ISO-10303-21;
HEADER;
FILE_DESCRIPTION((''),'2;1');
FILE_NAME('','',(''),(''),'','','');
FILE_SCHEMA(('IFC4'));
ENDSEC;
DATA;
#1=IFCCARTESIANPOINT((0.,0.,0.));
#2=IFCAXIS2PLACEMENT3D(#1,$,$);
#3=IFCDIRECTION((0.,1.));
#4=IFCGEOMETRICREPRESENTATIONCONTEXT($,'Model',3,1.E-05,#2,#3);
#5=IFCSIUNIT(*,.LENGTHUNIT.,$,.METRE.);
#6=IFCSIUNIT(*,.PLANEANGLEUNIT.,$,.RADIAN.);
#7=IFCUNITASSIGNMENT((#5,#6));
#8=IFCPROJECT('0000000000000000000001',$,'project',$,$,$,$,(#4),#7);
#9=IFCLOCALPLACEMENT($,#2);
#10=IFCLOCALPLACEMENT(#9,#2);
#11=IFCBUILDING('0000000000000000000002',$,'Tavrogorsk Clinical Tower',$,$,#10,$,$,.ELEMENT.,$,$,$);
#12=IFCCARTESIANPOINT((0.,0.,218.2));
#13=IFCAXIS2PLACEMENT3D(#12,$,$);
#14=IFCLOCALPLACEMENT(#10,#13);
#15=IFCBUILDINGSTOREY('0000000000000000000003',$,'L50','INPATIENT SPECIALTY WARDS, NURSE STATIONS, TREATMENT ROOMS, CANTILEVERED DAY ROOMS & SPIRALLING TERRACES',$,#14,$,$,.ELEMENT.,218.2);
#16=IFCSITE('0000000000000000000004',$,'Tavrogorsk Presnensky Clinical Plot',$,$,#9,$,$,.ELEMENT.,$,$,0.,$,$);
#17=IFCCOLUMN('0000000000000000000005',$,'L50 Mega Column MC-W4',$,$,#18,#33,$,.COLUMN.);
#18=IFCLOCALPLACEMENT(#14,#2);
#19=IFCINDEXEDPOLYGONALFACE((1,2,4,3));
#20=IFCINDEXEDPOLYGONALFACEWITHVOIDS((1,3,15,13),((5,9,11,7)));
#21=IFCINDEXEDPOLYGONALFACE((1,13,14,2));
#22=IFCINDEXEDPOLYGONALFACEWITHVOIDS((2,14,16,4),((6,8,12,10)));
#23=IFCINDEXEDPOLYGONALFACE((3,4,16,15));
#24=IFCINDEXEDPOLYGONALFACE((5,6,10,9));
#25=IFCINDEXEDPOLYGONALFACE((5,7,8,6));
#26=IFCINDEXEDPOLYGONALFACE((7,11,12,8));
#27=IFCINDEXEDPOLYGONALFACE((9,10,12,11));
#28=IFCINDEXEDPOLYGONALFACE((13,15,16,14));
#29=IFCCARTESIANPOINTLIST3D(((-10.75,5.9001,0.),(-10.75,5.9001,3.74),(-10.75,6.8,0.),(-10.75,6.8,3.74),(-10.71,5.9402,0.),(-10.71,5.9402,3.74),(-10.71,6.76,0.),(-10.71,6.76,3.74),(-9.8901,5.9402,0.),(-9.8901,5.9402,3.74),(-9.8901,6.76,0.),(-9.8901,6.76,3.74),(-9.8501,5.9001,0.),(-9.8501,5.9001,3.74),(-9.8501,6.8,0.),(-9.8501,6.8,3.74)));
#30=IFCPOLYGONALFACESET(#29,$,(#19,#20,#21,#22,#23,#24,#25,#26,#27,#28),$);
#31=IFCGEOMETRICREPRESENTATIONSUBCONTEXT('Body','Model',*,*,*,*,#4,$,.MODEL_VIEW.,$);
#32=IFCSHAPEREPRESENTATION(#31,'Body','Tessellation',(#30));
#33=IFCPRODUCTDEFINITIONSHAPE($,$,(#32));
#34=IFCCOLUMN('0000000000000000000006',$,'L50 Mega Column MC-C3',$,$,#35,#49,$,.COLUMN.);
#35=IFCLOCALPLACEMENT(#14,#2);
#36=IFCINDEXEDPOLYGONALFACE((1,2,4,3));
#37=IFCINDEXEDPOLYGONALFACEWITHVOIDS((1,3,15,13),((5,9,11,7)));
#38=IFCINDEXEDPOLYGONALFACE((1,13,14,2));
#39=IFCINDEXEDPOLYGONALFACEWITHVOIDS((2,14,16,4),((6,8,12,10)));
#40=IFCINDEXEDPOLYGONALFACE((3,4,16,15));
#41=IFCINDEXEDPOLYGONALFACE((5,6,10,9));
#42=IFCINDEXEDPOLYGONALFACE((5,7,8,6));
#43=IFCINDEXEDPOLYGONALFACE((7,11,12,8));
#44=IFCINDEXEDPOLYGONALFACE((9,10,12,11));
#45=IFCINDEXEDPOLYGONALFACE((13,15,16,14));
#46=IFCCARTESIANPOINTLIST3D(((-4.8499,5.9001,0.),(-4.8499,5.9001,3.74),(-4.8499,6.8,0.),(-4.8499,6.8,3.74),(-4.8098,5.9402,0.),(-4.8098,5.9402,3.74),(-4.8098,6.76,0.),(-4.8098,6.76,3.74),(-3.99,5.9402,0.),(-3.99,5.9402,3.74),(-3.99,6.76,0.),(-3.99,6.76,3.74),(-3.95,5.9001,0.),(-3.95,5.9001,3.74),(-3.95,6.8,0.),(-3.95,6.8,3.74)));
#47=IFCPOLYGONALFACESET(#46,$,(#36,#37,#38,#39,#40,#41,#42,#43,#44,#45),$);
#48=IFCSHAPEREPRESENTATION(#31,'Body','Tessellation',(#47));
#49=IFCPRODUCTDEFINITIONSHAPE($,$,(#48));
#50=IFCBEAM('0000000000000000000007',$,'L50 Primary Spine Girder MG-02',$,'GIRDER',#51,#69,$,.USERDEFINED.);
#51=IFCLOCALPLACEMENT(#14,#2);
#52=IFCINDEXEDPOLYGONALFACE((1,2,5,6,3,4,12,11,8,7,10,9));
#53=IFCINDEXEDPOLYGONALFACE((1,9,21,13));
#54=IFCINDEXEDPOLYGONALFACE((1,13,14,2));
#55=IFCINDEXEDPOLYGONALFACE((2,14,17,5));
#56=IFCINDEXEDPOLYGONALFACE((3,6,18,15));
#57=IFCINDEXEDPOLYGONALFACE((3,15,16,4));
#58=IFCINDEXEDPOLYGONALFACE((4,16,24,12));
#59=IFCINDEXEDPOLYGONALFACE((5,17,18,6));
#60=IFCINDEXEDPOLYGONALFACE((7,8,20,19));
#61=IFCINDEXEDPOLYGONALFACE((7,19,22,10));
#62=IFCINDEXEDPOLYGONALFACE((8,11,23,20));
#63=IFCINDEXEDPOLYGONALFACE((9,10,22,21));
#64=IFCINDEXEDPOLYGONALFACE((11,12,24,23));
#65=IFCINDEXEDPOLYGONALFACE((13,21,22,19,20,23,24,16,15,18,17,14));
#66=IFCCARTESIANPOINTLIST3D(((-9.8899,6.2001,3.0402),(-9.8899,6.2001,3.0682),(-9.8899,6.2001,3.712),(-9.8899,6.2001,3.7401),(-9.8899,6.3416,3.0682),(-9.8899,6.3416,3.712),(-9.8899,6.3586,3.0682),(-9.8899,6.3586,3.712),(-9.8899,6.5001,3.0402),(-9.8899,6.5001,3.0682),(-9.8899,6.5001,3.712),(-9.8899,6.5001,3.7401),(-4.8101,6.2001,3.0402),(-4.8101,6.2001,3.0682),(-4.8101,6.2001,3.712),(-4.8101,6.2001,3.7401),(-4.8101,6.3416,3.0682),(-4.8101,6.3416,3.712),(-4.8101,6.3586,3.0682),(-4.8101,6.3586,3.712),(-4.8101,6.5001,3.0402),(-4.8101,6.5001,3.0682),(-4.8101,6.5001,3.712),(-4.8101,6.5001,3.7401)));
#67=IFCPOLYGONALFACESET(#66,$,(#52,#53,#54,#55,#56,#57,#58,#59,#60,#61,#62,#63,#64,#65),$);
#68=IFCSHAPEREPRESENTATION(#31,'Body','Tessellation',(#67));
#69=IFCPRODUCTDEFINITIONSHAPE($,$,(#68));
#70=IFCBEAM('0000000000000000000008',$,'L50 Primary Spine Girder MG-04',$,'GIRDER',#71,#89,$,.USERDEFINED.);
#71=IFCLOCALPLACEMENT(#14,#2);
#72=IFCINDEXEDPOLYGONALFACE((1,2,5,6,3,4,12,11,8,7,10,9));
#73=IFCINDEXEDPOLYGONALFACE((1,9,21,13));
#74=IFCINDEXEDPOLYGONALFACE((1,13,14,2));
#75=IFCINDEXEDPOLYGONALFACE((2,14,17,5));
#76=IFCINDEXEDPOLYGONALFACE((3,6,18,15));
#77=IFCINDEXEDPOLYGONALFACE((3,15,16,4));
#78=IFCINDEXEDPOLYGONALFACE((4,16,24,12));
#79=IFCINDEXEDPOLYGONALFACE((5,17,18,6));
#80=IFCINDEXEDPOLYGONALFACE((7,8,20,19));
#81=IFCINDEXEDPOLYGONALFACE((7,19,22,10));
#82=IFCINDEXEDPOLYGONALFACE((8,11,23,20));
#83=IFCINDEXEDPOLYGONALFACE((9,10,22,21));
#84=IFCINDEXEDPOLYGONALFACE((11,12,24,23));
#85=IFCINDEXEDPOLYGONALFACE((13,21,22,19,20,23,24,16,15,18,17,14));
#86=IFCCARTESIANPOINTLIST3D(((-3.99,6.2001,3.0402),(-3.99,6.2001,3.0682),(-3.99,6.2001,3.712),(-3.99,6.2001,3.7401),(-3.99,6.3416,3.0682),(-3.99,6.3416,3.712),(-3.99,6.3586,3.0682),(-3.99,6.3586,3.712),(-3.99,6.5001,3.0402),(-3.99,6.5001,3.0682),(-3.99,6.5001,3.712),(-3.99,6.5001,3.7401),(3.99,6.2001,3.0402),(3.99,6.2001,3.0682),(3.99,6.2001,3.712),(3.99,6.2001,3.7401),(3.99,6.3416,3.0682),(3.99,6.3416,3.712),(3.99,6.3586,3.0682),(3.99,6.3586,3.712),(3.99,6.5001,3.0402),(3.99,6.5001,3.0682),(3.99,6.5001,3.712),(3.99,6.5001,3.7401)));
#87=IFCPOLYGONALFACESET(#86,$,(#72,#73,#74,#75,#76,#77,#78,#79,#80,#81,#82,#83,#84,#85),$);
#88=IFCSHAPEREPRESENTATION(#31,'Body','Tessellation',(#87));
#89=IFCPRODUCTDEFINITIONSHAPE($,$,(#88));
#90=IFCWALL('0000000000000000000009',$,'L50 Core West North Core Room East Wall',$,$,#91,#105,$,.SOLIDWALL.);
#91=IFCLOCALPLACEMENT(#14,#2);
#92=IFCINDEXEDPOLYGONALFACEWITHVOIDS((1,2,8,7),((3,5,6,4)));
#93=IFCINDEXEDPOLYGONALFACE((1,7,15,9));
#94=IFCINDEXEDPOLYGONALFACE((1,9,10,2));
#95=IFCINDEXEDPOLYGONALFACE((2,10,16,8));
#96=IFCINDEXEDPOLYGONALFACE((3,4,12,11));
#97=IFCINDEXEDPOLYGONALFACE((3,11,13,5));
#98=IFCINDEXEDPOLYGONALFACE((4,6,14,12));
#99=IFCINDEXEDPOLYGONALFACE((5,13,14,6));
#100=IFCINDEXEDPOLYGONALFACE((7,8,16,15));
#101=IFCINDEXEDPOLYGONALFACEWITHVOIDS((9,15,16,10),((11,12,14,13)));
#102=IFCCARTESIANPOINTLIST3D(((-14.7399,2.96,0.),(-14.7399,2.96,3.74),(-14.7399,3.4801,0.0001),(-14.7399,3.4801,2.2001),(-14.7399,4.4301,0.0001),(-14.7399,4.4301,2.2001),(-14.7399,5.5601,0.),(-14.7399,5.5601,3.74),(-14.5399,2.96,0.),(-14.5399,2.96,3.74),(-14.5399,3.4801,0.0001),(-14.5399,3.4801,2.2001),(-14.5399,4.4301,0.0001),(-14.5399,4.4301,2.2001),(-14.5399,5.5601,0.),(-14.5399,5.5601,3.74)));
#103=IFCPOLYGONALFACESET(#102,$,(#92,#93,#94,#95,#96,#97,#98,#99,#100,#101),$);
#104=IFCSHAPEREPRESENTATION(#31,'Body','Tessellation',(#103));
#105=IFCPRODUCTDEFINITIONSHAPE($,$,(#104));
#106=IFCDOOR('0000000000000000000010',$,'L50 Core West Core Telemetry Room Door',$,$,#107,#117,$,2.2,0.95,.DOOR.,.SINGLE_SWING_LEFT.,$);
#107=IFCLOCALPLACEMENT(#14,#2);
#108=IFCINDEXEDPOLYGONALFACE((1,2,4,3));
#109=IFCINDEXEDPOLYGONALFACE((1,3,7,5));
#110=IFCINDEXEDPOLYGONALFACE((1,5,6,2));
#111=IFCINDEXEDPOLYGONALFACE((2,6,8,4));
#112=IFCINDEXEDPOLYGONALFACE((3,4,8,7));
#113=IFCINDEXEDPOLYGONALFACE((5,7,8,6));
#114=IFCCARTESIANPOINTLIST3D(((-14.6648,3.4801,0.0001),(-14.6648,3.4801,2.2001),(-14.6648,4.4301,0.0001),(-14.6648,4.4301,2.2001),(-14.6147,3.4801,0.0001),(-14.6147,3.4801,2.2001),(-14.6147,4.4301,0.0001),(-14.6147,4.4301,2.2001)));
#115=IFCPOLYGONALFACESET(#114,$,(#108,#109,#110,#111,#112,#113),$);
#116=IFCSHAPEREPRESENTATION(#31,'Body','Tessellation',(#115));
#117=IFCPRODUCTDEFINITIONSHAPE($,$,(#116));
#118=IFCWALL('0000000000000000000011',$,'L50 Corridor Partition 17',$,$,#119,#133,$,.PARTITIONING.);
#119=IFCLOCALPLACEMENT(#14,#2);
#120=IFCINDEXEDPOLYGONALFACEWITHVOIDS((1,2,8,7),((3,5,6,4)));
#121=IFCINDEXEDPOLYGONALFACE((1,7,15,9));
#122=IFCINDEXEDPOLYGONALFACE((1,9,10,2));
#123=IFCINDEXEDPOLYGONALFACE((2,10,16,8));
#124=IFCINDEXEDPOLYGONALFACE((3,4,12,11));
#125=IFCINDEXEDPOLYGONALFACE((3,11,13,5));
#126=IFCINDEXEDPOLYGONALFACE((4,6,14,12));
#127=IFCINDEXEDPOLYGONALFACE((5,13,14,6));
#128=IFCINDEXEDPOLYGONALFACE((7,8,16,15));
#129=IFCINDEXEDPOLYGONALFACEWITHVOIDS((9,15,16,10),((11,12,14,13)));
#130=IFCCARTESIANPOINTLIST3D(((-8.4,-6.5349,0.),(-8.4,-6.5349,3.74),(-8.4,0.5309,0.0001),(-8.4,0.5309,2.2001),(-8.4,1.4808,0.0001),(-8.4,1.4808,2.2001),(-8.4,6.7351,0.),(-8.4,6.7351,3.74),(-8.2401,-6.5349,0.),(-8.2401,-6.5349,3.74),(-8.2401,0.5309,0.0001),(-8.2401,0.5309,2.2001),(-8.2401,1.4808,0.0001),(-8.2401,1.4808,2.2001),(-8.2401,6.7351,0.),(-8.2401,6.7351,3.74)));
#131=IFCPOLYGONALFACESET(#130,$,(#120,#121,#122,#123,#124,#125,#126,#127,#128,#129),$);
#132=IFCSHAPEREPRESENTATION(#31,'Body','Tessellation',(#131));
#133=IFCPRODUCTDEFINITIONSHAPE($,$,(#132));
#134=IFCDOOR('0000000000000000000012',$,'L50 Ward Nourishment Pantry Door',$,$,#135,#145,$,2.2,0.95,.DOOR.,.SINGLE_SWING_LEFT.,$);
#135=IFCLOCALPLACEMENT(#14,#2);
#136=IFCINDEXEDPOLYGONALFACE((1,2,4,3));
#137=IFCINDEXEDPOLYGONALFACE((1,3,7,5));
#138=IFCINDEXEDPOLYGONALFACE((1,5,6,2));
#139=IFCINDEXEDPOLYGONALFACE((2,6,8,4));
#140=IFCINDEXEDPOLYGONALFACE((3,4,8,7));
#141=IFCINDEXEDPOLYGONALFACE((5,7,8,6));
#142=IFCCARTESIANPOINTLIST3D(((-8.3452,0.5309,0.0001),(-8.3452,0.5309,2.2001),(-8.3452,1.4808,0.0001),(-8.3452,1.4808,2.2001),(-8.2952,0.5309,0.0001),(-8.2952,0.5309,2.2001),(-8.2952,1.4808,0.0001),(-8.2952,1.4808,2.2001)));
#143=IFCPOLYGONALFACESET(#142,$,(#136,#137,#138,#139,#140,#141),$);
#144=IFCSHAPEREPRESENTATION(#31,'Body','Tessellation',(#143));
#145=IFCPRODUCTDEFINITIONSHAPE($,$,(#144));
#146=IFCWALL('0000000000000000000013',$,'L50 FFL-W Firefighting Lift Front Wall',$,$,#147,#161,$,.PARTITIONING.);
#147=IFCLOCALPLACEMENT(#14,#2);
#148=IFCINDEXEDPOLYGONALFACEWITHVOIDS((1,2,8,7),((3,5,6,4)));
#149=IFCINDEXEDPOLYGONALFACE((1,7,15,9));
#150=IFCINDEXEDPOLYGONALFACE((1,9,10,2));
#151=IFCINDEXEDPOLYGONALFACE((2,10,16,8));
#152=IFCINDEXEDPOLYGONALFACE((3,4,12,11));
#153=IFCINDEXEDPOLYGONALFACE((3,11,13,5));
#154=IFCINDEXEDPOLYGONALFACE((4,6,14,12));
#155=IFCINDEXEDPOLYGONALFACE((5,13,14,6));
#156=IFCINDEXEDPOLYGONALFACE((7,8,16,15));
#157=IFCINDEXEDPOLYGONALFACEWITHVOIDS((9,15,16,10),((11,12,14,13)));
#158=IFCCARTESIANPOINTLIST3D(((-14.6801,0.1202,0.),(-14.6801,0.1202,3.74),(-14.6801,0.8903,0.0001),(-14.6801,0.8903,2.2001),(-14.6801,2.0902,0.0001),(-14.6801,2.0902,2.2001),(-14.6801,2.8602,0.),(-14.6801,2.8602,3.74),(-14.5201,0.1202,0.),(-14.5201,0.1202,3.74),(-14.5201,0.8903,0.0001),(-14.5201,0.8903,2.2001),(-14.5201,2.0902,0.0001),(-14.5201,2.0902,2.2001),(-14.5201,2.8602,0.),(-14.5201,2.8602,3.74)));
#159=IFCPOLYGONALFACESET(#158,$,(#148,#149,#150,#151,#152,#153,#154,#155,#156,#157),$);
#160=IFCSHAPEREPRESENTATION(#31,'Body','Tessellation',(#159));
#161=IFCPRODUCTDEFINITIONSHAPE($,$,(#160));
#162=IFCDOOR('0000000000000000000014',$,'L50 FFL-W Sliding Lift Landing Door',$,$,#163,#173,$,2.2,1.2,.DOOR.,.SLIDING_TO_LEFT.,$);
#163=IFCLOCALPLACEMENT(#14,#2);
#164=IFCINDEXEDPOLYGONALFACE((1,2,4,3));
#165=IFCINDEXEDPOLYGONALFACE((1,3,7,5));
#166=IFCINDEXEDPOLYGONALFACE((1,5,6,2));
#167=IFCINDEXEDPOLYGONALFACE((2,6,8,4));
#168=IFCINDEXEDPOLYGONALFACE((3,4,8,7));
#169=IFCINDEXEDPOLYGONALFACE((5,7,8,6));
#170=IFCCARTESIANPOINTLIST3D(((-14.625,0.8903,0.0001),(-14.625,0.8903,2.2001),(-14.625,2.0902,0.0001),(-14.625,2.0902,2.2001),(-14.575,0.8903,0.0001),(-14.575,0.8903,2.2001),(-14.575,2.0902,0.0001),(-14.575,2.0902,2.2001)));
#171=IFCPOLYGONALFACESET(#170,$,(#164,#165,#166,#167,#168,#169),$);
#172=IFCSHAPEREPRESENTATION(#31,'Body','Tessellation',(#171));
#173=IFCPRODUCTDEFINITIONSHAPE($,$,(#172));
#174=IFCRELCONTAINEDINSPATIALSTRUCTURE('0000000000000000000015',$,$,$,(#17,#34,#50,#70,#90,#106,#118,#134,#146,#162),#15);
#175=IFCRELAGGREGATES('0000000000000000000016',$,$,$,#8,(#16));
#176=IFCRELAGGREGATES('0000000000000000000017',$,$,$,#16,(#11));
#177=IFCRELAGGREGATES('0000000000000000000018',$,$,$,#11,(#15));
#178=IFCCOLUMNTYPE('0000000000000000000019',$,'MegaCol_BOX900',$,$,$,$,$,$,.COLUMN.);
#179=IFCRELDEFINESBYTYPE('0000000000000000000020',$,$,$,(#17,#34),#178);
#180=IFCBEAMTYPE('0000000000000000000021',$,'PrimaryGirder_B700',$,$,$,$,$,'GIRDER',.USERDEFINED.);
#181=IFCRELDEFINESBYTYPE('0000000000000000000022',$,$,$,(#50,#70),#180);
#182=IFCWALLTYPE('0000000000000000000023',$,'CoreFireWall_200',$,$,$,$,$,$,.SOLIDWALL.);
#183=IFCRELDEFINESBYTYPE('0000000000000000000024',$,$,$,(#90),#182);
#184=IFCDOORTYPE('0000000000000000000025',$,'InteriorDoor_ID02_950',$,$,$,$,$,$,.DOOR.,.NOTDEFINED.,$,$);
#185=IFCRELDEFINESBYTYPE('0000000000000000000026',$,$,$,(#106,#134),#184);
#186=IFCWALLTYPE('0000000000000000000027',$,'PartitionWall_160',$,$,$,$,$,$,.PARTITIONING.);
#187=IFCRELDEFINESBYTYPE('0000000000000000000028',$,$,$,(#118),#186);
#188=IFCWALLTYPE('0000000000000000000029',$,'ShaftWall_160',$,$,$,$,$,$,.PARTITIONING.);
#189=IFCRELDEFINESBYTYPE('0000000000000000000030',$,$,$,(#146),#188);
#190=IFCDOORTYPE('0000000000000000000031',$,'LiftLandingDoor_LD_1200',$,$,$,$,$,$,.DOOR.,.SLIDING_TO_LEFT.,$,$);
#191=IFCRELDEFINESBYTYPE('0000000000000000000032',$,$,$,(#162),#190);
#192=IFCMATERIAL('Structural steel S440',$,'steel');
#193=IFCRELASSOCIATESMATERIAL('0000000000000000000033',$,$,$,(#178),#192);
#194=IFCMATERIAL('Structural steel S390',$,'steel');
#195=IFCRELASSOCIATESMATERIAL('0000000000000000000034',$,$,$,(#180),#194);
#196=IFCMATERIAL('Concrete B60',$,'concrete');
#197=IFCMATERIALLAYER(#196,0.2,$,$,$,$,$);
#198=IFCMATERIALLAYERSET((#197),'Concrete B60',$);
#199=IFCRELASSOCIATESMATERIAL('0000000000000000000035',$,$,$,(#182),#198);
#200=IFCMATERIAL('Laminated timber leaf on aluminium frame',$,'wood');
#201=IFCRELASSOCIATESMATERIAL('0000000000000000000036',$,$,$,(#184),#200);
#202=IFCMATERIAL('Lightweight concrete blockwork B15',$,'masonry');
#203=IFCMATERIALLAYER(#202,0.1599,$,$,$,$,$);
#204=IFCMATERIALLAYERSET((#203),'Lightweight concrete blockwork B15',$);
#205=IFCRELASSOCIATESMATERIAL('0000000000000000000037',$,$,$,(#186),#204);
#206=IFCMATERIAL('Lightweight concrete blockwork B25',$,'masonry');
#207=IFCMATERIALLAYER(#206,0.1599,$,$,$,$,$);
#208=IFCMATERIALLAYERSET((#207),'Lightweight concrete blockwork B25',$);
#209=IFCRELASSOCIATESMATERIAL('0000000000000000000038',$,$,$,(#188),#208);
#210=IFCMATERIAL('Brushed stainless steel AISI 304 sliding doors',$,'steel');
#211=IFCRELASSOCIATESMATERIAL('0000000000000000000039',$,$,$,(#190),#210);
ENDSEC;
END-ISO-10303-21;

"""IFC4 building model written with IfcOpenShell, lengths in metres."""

from ifc_helpers import new_model, si_unit, direction, frame, frame_2d, origin, origin_2d, place, context, subcontext, project, spatial, rectangle, hollow_rectangle, i_section, extrude, material, layer, layer_set, material_profile, profile_set, type_object, element, fill, save


model = new_model("IFC4")

# Units and contexts
model_context = context("Model", 3, precision=1e-05, world=origin(), true_north=direction((0.0, 1.0)))
body_context = subcontext(model_context, "Body", "Model", "MODEL_VIEW")
ifc_project = project(units=[si_unit("LENGTHUNIT", "METRE"), si_unit("PLANEANGLEUNIT", "RADIAN")], contexts=[model_context])

# Site, building, storey
site_placement = place(None, origin())
site = spatial("IfcSite", under=ifc_project, at=site_placement, Name="Tavrogorsk Presnensky Clinical Plot", CompositionType="ELEMENT", RefElevation=0.0)
building_placement = place(site_placement, origin())
building = spatial("IfcBuilding", under=site, at=building_placement, Name="Tavrogorsk Clinical Tower", CompositionType="ELEMENT")
storey_placement = place(building_placement, frame((0.0, 0.0, 218.2)))
storey = spatial("IfcBuildingStorey", under=building, at=storey_placement, Name="L50", Description="INPATIENT SPECIALTY WARDS, NURSE STATIONS, TREATMENT ROOMS, CANTILEVERED DAY ROOMS & SPIRALLING TERRACES", CompositionType="ELEMENT", Elevation=218.2)

# Columns
ifc_material_1 = material(Name="Structural steel S440", Category="steel")
ifc_material_profile_1 = material_profile(ifc_material_1, hollow_rectangle(XDim=0.8999, YDim=0.8999, WallThickness=0.04, at=origin_2d()), Name="BOX-900x900x40")
ifc_profile_set_1 = profile_set([ifc_material_profile_1], Name="Structural steel S440")
column_type = type_object("IfcColumnType", Name="MegaCol_BOX900", PredefinedType="COLUMN", material=ifc_profile_set_1)
for number, where, z_axis, x_axis, name in (
    (1, (-10.3, 6.3501, 0.0), (0.0, 0.0, 1.0), (1.0, 0.0, 0.0), "L50 Mega Column MC-W4"),
    (2, (-4.3999, 6.3501, 0.0), (0.0, 0.0, 1.0), (1.0, 0.0, 0.0), "L50 Mega Column MC-C3"),
):
    element("IfcColumn", number, at=place(storey_placement, frame(where, z_axis=z_axis, x_axis=x_axis)), inside=storey, type_object=column_type, Name=name, PredefinedType="COLUMN", context=body_context, shape_type="SweptSolid", body=[
        extrude(hollow_rectangle(XDim=0.8999, YDim=0.8999, WallThickness=0.04, at=origin_2d()), origin(), (0.0, 0.0, 1.0), 3.74),
    ])

# Beams
ifc_material_2 = material(Name="Structural steel S390", Category="steel")
ifc_material_profile_2 = material_profile(ifc_material_2, i_section(OverallWidth=0.3, OverallDepth=0.7, WebThickness=0.0171, FlangeThickness=0.0281, at=origin_2d()), Name="B-700x300x17x28")
ifc_profile_set_2 = profile_set([ifc_material_profile_2], Name="Structural steel S390")
beam_type = type_object("IfcBeamType", Name="PrimaryGirder_B700", ElementType="GIRDER", PredefinedType="USERDEFINED", material=ifc_profile_set_2)
beam_1_placement = place(storey_placement, frame((-9.8899, 6.3501, 3.3901), z_axis=(1.0, 0.0, 0.0), x_axis=(0.0, 1.0, 0.0)))
element("IfcBeam", 3, at=beam_1_placement, inside=storey, type_object=beam_type, Name="L50 Primary Spine Girder MG-02", ObjectType="GIRDER", PredefinedType="USERDEFINED", context=body_context, shape_type="SweptSolid", body=[
    extrude(i_section(OverallWidth=0.3, OverallDepth=0.7, WebThickness=0.0171, FlangeThickness=0.0281, at=origin_2d()), origin(), (0.0, 0.0, 1.0), 5.0798),
])
beam_2_placement = place(storey_placement, frame((-3.99, 6.3501, 3.3901), z_axis=(1.0, 0.0, 0.0), x_axis=(0.0, 1.0, 0.0)))
element("IfcBeam", 4, at=beam_2_placement, inside=storey, type_object=beam_type, Name="L50 Primary Spine Girder MG-04", ObjectType="GIRDER", PredefinedType="USERDEFINED", context=body_context, shape_type="SweptSolid", body=[
    extrude(i_section(OverallWidth=0.3, OverallDepth=0.7, WebThickness=0.0171, FlangeThickness=0.0281, at=origin_2d()), origin(), (0.0, 0.0, 1.0), 7.98),
])

# Walls, openings, doors
ifc_material_3 = material(Name="Concrete B60", Category="concrete")
ifc_layer_1 = layer(ifc_material_3, 0.2)
ifc_layer_set_1 = layer_set([ifc_layer_1], Name="Concrete B60")
wall_type_1 = type_object("IfcWallType", Name="CoreFireWall_200", PredefinedType="SOLIDWALL", material=ifc_layer_set_1)
wall_1_placement = place(storey_placement, frame((-14.6399, 2.96, 0.0), z_axis=(0.0, 0.0, 1.0), x_axis=(0.0, 1.0, 0.0)))
wall_1 = element("IfcWall", 5, at=wall_1_placement, inside=storey, type_object=wall_type_1, Name="L50 Core West North Core Room East Wall", PredefinedType="SOLIDWALL", context=body_context, shape_type="SweptSolid", body=[
    extrude(rectangle(XDim=2.6001, YDim=0.2, at=frame_2d((1.3, 0.0))), origin(), (0.0, 0.0, 1.0), 3.74),
])
opening_1_placement = place(wall_1_placement, frame((0.52, 0.0, 0.0)))
opening_1 = element("IfcOpeningElement", 6, at=opening_1_placement, cuts=wall_1, PredefinedType="OPENING", context=body_context, shape_type="SweptSolid", body=[
    extrude(rectangle(XDim=0.95, YDim=2.2, at=frame_2d((0.4751, 1.1001))), frame((0.0, 0.1099, 0.0), z_axis=(0.0, -1.0, 0.0), x_axis=(1.0, 0.0, 0.0)), (0.0, 0.0, 1.0), 0.22),
])
ifc_material_4 = material(Name="Laminated timber leaf on aluminium frame", Category="wood")
door_type_1 = type_object("IfcDoorType", Name="InteriorDoor_ID02_950", OperationType="NOTDEFINED", PredefinedType="DOOR", material=ifc_material_4)
door_1_placement = place(opening_1_placement, origin())
door_1 = element("IfcDoor", 7, at=door_1_placement, inside=storey, type_object=door_type_1, Name="L50 Core West Core Telemetry Room Door", OperationType="SINGLE_SWING_LEFT", OverallHeight=2.2, OverallWidth=0.95, PredefinedType="DOOR", context=body_context, shape_type="SweptSolid", body=[
    extrude(rectangle(XDim=0.95, YDim=2.2, at=frame_2d((0.4751, 1.1001))), frame((0.0, 0.0249, 0.0), z_axis=(0.0, -1.0, 0.0), x_axis=(1.0, 0.0, 0.0)), (0.0, 0.0, 1.0), 0.05),
])
fill(opening_1, door_1)
ifc_material_5 = material(Name="Lightweight concrete blockwork B15", Category="masonry")
ifc_layer_2 = layer(ifc_material_5, 0.1599)
ifc_layer_set_2 = layer_set([ifc_layer_2], Name="Lightweight concrete blockwork B15")
wall_type_2 = type_object("IfcWallType", Name="PartitionWall_160", PredefinedType="PARTITIONING", material=ifc_layer_set_2)
wall_2_placement = place(storey_placement, frame((-8.3201, 6.7351, 0.0), z_axis=(0.0, 0.0, 1.0), x_axis=(0.0, -1.0, 0.0)))
wall_2 = element("IfcWall", 8, at=wall_2_placement, inside=storey, type_object=wall_type_2, Name="L50 Corridor Partition 17", PredefinedType="PARTITIONING", context=body_context, shape_type="SweptSolid", body=[
    extrude(rectangle(XDim=13.27, YDim=0.1599, at=frame_2d((6.635, 0.0))), origin(), (0.0, 0.0, 1.0), 3.74),
])
opening_2_placement = place(wall_2_placement, frame((5.2542, 0.0, 0.0)))
opening_2 = element("IfcOpeningElement", 9, at=opening_2_placement, cuts=wall_2, PredefinedType="OPENING", context=body_context, shape_type="SweptSolid", body=[
    extrude(rectangle(XDim=0.95, YDim=2.2, at=frame_2d((0.4751, 1.1001))), frame((0.0, 0.0898, 0.0), z_axis=(0.0, -1.0, 0.0), x_axis=(1.0, 0.0, 0.0)), (0.0, 0.0, 1.0), 0.1799),
])
door_2_placement = place(opening_2_placement, origin())
door_2 = element("IfcDoor", 10, at=door_2_placement, inside=storey, type_object=door_type_1, Name="L50 Ward Nourishment Pantry Door", OperationType="SINGLE_SWING_LEFT", OverallHeight=2.2, OverallWidth=0.95, PredefinedType="DOOR", context=body_context, shape_type="SweptSolid", body=[
    extrude(rectangle(XDim=0.95, YDim=2.2, at=frame_2d((0.4751, 1.1001))), frame((0.0, 0.0249, 0.0), z_axis=(0.0, -1.0, 0.0), x_axis=(1.0, 0.0, 0.0)), (0.0, 0.0, 1.0), 0.05),
])
fill(opening_2, door_2)
ifc_material_6 = material(Name="Lightweight concrete blockwork B25", Category="masonry")
ifc_layer_3 = layer(ifc_material_6, 0.1599)
ifc_layer_set_3 = layer_set([ifc_layer_3], Name="Lightweight concrete blockwork B25")
wall_type_3 = type_object("IfcWallType", Name="ShaftWall_160", PredefinedType="PARTITIONING", material=ifc_layer_set_3)
wall_3_placement = place(storey_placement, frame((-14.6001, 0.1201, 0.0), z_axis=(0.0, 0.0, 1.0), x_axis=(0.0, 1.0, 0.0)))
wall_3 = element("IfcWall", 11, at=wall_3_placement, inside=storey, type_object=wall_type_3, Name="L50 FFL-W Firefighting Lift Front Wall", PredefinedType="PARTITIONING", context=body_context, shape_type="SweptSolid", body=[
    extrude(rectangle(XDim=2.74, YDim=0.1599, at=frame_2d((1.3701, 0.0))), origin(), (0.0, 0.0, 1.0), 3.74),
])
opening_3_placement = place(wall_3_placement, frame((0.77, 0.0, 0.0)))
opening_3 = element("IfcOpeningElement", 12, at=opening_3_placement, cuts=wall_3, PredefinedType="OPENING", context=body_context, shape_type="SweptSolid", body=[
    extrude(rectangle(XDim=1.2, YDim=2.2, at=frame_2d((0.6001, 1.1001))), frame((0.0, 0.0898, 0.0), z_axis=(0.0, -1.0, 0.0), x_axis=(1.0, 0.0, 0.0)), (0.0, 0.0, 1.0), 0.1799),
])
ifc_material_7 = material(Name="Brushed stainless steel AISI 304 sliding doors", Category="steel")
door_type_2 = type_object("IfcDoorType", Name="LiftLandingDoor_LD_1200", OperationType="SLIDING_TO_LEFT", PredefinedType="DOOR", material=ifc_material_7)
door_3_placement = place(opening_3_placement, origin())
door_3 = element("IfcDoor", 13, at=door_3_placement, inside=storey, type_object=door_type_2, Name="L50 FFL-W Sliding Lift Landing Door", OperationType="SLIDING_TO_LEFT", OverallHeight=2.2, OverallWidth=1.2, PredefinedType="DOOR", context=body_context, shape_type="SweptSolid", body=[
    extrude(rectangle(XDim=1.2, YDim=2.2, at=frame_2d((0.6001, 1.1001))), frame((0.0, 0.0249, 0.0), z_axis=(0.0, -1.0, 0.0), x_axis=(1.0, 0.0, 0.0)), (0.0, 0.0, 1.0), 0.05),
])
fill(opening_3, door_3)

save(model, "model.ifc")
